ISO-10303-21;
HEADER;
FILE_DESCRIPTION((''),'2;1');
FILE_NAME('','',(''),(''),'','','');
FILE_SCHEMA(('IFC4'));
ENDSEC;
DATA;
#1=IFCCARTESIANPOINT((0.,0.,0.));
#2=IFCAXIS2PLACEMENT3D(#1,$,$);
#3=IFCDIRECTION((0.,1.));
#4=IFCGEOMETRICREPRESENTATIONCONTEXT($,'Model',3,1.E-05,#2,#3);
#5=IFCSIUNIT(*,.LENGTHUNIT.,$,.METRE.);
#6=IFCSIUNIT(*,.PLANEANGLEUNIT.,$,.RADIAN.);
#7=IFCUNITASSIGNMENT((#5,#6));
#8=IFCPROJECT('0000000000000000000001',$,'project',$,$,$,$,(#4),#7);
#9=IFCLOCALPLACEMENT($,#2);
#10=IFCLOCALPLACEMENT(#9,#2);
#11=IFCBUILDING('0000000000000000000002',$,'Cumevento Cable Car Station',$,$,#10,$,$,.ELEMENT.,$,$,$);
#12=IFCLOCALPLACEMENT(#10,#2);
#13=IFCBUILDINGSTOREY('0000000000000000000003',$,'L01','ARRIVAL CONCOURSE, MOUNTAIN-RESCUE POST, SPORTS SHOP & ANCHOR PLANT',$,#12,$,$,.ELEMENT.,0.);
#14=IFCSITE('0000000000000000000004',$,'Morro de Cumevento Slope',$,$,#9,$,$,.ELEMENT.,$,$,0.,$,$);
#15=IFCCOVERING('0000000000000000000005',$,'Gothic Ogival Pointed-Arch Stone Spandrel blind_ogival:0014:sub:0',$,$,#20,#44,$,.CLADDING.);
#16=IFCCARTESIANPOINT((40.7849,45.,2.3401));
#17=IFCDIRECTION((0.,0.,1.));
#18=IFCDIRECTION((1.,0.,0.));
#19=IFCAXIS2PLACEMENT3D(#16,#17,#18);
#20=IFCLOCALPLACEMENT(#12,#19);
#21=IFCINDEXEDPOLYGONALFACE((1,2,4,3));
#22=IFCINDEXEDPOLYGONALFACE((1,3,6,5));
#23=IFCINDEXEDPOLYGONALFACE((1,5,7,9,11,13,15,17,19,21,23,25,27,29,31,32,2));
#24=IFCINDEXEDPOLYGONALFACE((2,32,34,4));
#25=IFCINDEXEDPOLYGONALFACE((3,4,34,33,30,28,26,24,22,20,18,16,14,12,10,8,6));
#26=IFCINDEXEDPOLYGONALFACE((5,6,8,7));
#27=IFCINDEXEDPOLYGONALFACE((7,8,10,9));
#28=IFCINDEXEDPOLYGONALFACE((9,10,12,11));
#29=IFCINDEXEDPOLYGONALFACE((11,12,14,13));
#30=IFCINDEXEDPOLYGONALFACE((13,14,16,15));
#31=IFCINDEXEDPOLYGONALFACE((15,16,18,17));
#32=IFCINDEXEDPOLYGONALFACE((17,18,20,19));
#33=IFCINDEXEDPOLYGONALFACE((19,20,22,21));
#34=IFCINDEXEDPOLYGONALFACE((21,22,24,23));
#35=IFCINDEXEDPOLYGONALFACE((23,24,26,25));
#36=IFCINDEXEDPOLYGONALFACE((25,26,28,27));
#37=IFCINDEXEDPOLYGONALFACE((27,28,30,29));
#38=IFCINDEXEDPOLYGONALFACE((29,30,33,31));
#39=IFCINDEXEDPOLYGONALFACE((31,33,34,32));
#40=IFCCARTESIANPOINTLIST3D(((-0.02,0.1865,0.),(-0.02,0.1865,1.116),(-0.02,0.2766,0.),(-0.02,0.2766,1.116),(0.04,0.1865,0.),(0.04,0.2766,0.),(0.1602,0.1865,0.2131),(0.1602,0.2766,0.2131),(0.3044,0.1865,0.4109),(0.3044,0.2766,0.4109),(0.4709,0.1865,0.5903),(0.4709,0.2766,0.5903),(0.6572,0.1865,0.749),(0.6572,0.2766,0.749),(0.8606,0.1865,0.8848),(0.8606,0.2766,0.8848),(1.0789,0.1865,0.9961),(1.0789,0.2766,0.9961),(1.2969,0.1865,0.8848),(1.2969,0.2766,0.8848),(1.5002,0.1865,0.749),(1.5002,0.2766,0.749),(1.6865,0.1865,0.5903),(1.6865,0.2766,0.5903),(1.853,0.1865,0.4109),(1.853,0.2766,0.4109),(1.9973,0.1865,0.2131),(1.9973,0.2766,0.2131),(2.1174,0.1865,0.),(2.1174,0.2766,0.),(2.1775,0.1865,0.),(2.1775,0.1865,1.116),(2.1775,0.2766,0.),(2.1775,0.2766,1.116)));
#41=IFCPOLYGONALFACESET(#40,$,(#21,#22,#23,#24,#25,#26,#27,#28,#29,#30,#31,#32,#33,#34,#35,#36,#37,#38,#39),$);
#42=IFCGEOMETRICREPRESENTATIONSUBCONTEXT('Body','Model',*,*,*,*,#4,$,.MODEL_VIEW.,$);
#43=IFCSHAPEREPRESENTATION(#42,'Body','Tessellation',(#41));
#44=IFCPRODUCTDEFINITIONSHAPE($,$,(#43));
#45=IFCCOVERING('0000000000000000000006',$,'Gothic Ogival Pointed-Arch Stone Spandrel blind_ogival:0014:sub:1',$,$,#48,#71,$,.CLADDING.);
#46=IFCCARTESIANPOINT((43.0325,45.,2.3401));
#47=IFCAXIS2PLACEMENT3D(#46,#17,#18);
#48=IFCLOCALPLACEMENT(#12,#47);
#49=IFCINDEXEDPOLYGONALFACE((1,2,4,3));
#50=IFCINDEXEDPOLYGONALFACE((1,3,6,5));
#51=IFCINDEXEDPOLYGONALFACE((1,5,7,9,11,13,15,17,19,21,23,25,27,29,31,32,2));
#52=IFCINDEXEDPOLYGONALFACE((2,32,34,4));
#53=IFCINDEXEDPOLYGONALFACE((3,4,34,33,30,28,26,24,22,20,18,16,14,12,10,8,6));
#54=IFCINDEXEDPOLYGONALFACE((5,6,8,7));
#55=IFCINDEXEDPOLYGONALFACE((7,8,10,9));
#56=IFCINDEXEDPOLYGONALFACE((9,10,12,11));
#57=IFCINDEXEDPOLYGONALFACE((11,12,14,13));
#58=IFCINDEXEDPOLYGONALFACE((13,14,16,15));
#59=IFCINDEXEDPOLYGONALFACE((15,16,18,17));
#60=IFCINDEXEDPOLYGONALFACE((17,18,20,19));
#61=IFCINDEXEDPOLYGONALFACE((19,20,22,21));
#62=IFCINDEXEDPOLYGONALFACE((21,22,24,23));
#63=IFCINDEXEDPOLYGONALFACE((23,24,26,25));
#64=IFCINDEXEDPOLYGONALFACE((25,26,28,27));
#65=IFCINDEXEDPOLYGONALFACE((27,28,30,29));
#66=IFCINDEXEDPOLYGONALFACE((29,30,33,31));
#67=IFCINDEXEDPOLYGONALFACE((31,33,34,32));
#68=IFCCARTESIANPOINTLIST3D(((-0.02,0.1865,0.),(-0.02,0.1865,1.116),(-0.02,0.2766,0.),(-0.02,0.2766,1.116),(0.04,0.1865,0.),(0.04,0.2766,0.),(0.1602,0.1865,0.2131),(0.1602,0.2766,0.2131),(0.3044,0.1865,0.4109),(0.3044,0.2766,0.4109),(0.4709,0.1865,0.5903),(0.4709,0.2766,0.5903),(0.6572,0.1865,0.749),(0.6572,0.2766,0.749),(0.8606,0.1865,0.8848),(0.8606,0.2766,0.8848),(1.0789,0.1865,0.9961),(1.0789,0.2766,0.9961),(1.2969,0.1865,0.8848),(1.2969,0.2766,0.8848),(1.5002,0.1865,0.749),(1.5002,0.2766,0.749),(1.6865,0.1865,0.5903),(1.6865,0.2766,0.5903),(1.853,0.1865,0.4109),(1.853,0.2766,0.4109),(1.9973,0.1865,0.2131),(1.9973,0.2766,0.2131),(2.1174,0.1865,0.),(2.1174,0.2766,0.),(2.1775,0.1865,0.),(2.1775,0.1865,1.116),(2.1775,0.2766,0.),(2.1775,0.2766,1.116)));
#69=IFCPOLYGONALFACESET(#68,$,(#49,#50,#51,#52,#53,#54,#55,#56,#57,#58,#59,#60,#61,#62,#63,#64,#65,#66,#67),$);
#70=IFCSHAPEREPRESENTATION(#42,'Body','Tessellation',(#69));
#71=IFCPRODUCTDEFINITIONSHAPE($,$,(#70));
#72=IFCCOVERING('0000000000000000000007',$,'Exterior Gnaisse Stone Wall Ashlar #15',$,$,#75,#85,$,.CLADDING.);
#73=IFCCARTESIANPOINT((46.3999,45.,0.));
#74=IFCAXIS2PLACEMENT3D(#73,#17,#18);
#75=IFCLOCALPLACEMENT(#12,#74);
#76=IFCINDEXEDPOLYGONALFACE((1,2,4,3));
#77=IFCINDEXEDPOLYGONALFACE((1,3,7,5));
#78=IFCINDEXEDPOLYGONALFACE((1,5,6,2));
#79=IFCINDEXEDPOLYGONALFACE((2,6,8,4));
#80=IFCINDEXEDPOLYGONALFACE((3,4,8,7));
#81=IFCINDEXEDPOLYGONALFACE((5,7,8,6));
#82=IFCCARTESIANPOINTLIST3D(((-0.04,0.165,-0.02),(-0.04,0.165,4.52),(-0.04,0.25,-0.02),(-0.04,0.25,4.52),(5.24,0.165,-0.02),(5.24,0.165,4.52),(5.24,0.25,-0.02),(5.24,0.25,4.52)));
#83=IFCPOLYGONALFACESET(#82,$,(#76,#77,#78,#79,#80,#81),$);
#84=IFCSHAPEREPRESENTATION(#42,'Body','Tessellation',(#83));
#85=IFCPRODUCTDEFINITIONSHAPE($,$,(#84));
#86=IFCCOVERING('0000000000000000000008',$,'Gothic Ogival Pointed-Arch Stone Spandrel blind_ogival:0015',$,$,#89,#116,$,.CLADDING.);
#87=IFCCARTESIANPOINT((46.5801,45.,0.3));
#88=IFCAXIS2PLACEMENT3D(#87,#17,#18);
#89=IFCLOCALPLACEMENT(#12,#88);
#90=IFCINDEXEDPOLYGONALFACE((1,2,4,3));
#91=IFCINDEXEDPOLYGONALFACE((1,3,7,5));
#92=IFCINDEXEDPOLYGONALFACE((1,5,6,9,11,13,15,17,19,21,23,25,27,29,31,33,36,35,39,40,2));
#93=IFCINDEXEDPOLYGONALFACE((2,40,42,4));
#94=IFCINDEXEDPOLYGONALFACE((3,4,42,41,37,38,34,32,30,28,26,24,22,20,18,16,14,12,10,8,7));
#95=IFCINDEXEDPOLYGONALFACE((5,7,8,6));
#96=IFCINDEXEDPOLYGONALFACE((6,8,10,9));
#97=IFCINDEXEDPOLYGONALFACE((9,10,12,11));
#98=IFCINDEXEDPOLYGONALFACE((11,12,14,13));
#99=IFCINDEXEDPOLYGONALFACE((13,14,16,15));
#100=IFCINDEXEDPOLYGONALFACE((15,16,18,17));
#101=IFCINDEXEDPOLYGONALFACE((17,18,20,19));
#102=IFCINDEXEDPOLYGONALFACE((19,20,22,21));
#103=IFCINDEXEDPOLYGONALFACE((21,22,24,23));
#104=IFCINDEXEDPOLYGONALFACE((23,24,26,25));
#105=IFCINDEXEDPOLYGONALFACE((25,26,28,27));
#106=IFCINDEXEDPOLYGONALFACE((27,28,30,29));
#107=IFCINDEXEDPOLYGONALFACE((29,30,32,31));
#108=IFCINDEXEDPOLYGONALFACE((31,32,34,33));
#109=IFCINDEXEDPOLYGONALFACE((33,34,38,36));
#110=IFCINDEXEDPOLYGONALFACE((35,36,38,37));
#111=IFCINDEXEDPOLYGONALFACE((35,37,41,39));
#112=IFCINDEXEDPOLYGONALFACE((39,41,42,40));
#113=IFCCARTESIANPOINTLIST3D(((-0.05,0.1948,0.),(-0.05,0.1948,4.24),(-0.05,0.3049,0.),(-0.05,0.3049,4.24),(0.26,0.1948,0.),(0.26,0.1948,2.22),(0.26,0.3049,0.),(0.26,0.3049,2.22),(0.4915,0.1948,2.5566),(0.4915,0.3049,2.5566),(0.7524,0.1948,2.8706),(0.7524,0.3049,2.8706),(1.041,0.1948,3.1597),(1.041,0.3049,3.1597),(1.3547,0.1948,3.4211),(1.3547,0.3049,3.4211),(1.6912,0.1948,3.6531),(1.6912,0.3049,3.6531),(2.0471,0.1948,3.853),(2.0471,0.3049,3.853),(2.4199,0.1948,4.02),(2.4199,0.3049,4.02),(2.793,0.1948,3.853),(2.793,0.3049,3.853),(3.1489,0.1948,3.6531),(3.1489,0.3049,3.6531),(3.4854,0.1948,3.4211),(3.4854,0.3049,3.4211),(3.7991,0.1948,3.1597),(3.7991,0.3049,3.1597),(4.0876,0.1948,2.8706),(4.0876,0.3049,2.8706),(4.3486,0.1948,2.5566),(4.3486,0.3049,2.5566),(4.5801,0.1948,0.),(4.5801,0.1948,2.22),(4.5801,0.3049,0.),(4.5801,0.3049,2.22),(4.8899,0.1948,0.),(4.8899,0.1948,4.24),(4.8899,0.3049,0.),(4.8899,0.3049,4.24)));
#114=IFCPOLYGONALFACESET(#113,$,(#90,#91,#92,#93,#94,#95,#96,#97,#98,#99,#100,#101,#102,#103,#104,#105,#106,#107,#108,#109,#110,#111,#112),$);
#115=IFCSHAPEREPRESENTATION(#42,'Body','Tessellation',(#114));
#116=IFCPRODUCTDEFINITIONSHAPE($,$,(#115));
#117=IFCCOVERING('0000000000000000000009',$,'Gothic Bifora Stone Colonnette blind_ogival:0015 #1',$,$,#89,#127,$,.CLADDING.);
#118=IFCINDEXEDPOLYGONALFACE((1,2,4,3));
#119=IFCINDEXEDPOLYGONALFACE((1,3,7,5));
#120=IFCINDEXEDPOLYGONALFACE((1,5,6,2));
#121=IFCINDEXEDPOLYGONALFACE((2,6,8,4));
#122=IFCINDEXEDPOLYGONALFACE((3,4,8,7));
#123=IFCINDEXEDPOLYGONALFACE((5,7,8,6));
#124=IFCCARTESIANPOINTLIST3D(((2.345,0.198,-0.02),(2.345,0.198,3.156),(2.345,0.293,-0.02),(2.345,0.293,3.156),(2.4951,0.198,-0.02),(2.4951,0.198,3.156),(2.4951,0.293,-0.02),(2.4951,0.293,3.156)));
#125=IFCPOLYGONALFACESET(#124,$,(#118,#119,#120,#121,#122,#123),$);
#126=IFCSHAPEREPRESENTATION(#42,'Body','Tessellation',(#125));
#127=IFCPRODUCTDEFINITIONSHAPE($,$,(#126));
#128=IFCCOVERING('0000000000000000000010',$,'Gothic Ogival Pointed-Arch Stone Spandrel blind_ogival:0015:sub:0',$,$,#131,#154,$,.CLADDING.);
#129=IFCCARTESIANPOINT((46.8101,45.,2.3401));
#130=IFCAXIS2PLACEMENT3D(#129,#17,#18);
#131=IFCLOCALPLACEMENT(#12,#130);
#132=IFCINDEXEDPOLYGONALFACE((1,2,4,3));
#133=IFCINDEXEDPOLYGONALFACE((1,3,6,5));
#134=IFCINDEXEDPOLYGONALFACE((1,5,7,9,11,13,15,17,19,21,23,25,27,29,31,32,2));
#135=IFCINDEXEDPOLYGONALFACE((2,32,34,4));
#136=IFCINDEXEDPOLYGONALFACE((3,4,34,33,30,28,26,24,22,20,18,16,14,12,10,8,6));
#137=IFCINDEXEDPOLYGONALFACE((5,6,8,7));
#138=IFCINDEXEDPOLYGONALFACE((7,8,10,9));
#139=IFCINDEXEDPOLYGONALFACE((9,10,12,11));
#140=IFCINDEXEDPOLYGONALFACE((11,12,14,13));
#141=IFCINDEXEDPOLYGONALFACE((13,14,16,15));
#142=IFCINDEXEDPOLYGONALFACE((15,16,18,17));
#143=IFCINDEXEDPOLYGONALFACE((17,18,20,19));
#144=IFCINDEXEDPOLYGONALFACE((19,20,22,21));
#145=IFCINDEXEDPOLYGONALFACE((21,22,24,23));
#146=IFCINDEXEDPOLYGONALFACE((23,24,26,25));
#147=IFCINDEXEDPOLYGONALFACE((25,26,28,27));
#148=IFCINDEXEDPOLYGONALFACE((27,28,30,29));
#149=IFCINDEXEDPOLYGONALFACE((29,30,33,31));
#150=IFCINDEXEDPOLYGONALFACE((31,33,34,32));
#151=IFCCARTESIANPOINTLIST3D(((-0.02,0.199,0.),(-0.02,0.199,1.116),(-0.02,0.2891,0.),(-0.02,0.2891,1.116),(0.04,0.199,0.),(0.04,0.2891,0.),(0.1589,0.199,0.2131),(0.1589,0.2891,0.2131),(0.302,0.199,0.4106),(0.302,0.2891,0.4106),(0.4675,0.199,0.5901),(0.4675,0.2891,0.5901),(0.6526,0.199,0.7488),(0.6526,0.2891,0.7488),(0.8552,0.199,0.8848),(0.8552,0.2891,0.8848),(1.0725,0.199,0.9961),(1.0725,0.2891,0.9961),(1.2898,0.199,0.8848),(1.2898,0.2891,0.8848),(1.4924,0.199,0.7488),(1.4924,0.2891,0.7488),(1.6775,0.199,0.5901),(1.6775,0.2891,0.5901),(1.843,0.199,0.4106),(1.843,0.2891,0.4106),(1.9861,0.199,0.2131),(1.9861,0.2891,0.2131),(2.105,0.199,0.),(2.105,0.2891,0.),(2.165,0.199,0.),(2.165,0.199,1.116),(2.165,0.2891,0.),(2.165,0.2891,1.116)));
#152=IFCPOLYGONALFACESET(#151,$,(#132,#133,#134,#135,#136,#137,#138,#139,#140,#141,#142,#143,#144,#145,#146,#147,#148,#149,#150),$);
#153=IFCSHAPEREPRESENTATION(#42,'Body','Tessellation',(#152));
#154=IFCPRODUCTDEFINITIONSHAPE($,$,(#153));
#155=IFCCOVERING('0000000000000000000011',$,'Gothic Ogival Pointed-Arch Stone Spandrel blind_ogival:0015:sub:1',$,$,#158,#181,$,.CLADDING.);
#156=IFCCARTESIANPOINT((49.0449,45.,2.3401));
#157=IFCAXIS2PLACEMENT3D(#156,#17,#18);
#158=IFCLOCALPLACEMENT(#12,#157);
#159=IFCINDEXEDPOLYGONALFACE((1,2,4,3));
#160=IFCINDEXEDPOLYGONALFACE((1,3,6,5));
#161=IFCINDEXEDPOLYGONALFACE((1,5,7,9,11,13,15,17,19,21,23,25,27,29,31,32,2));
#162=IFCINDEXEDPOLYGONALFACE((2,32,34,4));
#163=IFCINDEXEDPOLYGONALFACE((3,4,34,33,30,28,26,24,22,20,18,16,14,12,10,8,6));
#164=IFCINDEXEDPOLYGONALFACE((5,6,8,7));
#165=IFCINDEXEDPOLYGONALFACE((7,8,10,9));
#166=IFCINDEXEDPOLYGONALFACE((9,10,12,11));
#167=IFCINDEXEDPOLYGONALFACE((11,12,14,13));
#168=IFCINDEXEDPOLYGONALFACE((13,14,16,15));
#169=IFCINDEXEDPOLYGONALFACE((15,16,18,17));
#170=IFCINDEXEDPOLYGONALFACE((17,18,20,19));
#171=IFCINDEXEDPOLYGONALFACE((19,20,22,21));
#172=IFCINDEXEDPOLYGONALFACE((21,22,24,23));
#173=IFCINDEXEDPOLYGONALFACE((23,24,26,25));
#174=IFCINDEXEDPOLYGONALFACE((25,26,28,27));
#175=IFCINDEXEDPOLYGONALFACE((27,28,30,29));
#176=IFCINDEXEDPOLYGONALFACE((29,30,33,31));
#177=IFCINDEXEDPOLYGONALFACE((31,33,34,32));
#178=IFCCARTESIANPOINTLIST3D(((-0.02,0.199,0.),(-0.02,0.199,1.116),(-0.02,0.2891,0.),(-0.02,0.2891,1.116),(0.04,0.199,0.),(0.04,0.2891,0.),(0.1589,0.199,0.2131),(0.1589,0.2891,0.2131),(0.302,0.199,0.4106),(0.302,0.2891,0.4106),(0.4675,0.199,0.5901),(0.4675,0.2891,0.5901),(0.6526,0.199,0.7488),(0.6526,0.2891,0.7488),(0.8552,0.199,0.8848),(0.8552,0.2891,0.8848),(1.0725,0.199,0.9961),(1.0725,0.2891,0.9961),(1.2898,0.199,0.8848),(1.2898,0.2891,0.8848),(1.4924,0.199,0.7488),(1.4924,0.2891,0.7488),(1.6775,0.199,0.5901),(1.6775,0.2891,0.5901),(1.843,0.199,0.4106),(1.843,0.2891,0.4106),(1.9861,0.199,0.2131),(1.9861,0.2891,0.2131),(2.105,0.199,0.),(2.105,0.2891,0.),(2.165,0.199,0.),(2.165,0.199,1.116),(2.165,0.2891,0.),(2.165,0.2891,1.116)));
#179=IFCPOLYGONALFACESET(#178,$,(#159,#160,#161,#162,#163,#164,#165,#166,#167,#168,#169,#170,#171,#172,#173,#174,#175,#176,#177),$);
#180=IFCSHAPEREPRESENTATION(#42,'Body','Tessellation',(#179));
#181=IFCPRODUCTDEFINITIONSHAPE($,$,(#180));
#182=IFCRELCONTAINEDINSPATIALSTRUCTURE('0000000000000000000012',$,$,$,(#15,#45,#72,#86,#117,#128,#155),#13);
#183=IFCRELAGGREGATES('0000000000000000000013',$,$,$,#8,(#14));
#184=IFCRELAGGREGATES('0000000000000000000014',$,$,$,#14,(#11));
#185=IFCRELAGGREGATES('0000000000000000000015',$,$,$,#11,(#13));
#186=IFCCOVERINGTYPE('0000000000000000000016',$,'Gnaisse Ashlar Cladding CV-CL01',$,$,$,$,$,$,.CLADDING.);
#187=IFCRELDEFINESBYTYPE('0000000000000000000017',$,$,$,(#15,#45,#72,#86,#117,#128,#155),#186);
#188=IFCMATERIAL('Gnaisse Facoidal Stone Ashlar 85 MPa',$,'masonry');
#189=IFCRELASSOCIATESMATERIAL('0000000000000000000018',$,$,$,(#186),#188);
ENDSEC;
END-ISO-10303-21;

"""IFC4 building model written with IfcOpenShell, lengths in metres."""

from ifc_helpers import new_model, si_unit, direction, frame, origin, place, context, subcontext, project, spatial, polyline, outline, extrude, material, type_object, element, save


model = new_model("IFC4")

# Units and contexts
model_context = context("Model", 3, precision=1e-05, world=origin(), true_north=direction((0.0, 1.0)))
body_context = subcontext(model_context, "Body", "Model", "MODEL_VIEW")
ifc_project = project(units=[si_unit("LENGTHUNIT", "METRE"), si_unit("PLANEANGLEUNIT", "RADIAN")], contexts=[model_context])

# Site, building, storey
site_placement = place(None, origin())
site = spatial("IfcSite", under=ifc_project, at=site_placement, Name="Morro de Cumevento Slope", CompositionType="ELEMENT", RefElevation=0.0)
building_placement = place(site_placement, origin())
building = spatial("IfcBuilding", under=site, at=building_placement, Name="Cumevento Cable Car Station", CompositionType="ELEMENT")
storey_placement = place(building_placement, origin())
storey = spatial("IfcBuildingStorey", under=building, at=storey_placement, Name="L01", Description="ARRIVAL CONCOURSE, MOUNTAIN-RESCUE POST, SPORTS SHOP & ANCHOR PLANT", CompositionType="ELEMENT", Elevation=0.0)

# Coverings
ifc_material_1 = material(Name="Gnaisse Facoidal Stone Ashlar 85 MPa", Category="masonry")
covering_type = type_object("IfcCoveringType", Name="Gnaisse Ashlar Cladding CV-CL01", PredefinedType="CLADDING", material=ifc_material_1)
for number, where, z_axis, x_axis, name in (
    (1, (40.7849, 45.0, 2.3401), (0.0, 0.0, 1.0), (1.0, 0.0, 0.0), "Gothic Ogival Pointed-Arch Stone Spandrel blind_ogival:0014:sub:0"),
    (2, (43.0325, 45.0, 2.3401), (0.0, 0.0, 1.0), (1.0, 0.0, 0.0), "Gothic Ogival Pointed-Arch Stone Spandrel blind_ogival:0014:sub:1"),
):
    element("IfcCovering", number, at=place(storey_placement, frame(where, z_axis=z_axis, x_axis=x_axis)), inside=storey, type_object=covering_type, Name=name, PredefinedType="CLADDING", context=body_context, shape_type="SweptSolid", body=[
        extrude(outline(polyline([(-0.02, 0.0), (-0.02, 1.116), (2.1775, 1.116), (2.1775, 0.0), (2.1174, 0.0), (1.9973, 0.2131), (1.853, 0.4109), (1.6865, 0.5903), (1.5002, 0.749), (1.2969, 0.8848), (1.0789, 0.9961), (0.8606, 0.8848), (0.6572, 0.749), (0.4709, 0.5903), (0.3044, 0.4109), (0.1602, 0.2131), (0.04, 0.0), (-0.02, 0.0)])), frame((0.0, 0.2766, 0.0), z_axis=(0.0, -1.0, 0.0), x_axis=(1.0, 0.0, 0.0)), (0.0, 0.0, 1.0), 0.0901),
    ])
covering_1_placement = place(storey_placement, frame((46.3999, 45.0, 0.0), z_axis=(0.0, 0.0, 1.0), x_axis=(1.0, 0.0, 0.0)))
element("IfcCovering", 3, at=covering_1_placement, inside=storey, type_object=covering_type, Name="Exterior Gnaisse Stone Wall Ashlar #15", PredefinedType="CLADDING", context=body_context, shape_type="SweptSolid", body=[
    extrude(outline(polyline([(-0.04, -0.02), (5.24, -0.02), (5.24, 4.52), (-0.04, 4.52), (-0.04, -0.02)])), frame((0.0, 0.25, 0.0), z_axis=(0.0, -1.0, 0.0), x_axis=(1.0, 0.0, 0.0)), (0.0, 0.0, 1.0), 0.085),
])
placement = place(storey_placement, frame((46.5801, 45.0, 0.3), z_axis=(0.0, 0.0, 1.0), x_axis=(1.0, 0.0, 0.0)))
element("IfcCovering", 4, at=placement, inside=storey, type_object=covering_type, Name="Gothic Ogival Pointed-Arch Stone Spandrel blind_ogival:0015", PredefinedType="CLADDING", context=body_context, shape_type="SweptSolid", body=[
    extrude(outline(polyline([(-0.05, 0.0), (-0.05, 4.24), (4.8899, 4.24), (4.8899, 0.0), (4.5801, 0.0), (4.5801, 2.22), (4.3486, 2.5566), (4.0876, 2.8706), (3.7991, 3.1597), (3.4854, 3.4211), (3.1489, 3.6531), (2.793, 3.853), (2.4199, 4.02), (2.0471, 3.853), (1.6912, 3.6531), (1.3547, 3.4211), (1.041, 3.1597), (0.7524, 2.8706), (0.4915, 2.5566), (0.26, 2.22), (0.26, 0.0), (-0.05, 0.0)])), frame((0.0, 0.3049, 0.0), z_axis=(0.0, -1.0, 0.0), x_axis=(1.0, 0.0, 0.0)), (0.0, 0.0, 1.0), 0.1101),
])
element("IfcCovering", 5, at=placement, inside=storey, type_object=covering_type, Name="Gothic Bifora Stone Colonnette blind_ogival:0015 #1", PredefinedType="CLADDING", context=body_context, shape_type="SweptSolid", body=[
    extrude(outline(polyline([(2.345, -0.02), (2.4951, -0.02), (2.4951, 3.156), (2.345, 3.156), (2.345, -0.02)])), frame((0.0, 0.293, 0.0), z_axis=(0.0, -1.0, 0.0), x_axis=(1.0, 0.0, 0.0)), (0.0, 0.0, 1.0), 0.095),
])
for number, where, z_axis, x_axis, name in (
    (6, (46.8101, 45.0, 2.3401), (0.0, 0.0, 1.0), (1.0, 0.0, 0.0), "Gothic Ogival Pointed-Arch Stone Spandrel blind_ogival:0015:sub:0"),
    (7, (49.0449, 45.0, 2.3401), (0.0, 0.0, 1.0), (1.0, 0.0, 0.0), "Gothic Ogival Pointed-Arch Stone Spandrel blind_ogival:0015:sub:1"),
):
    element("IfcCovering", number, at=place(storey_placement, frame(where, z_axis=z_axis, x_axis=x_axis)), inside=storey, type_object=covering_type, Name=name, PredefinedType="CLADDING", context=body_context, shape_type="SweptSolid", body=[
        extrude(outline(polyline([(-0.02, 0.0), (-0.02, 1.116), (2.165, 1.116), (2.165, 0.0), (2.105, 0.0), (1.9861, 0.2131), (1.843, 0.4106), (1.6775, 0.5901), (1.4924, 0.7488), (1.2898, 0.8848), (1.0725, 0.9961), (0.8552, 0.8848), (0.6526, 0.7488), (0.4675, 0.5901), (0.302, 0.4106), (0.1589, 0.2131), (0.04, 0.0), (-0.02, 0.0)])), frame((0.0, 0.2891, 0.0), z_axis=(0.0, -1.0, 0.0), x_axis=(1.0, 0.0, 0.0)), (0.0, 0.0, 1.0), 0.0901),
    ])

save(model, "model.ifc")
